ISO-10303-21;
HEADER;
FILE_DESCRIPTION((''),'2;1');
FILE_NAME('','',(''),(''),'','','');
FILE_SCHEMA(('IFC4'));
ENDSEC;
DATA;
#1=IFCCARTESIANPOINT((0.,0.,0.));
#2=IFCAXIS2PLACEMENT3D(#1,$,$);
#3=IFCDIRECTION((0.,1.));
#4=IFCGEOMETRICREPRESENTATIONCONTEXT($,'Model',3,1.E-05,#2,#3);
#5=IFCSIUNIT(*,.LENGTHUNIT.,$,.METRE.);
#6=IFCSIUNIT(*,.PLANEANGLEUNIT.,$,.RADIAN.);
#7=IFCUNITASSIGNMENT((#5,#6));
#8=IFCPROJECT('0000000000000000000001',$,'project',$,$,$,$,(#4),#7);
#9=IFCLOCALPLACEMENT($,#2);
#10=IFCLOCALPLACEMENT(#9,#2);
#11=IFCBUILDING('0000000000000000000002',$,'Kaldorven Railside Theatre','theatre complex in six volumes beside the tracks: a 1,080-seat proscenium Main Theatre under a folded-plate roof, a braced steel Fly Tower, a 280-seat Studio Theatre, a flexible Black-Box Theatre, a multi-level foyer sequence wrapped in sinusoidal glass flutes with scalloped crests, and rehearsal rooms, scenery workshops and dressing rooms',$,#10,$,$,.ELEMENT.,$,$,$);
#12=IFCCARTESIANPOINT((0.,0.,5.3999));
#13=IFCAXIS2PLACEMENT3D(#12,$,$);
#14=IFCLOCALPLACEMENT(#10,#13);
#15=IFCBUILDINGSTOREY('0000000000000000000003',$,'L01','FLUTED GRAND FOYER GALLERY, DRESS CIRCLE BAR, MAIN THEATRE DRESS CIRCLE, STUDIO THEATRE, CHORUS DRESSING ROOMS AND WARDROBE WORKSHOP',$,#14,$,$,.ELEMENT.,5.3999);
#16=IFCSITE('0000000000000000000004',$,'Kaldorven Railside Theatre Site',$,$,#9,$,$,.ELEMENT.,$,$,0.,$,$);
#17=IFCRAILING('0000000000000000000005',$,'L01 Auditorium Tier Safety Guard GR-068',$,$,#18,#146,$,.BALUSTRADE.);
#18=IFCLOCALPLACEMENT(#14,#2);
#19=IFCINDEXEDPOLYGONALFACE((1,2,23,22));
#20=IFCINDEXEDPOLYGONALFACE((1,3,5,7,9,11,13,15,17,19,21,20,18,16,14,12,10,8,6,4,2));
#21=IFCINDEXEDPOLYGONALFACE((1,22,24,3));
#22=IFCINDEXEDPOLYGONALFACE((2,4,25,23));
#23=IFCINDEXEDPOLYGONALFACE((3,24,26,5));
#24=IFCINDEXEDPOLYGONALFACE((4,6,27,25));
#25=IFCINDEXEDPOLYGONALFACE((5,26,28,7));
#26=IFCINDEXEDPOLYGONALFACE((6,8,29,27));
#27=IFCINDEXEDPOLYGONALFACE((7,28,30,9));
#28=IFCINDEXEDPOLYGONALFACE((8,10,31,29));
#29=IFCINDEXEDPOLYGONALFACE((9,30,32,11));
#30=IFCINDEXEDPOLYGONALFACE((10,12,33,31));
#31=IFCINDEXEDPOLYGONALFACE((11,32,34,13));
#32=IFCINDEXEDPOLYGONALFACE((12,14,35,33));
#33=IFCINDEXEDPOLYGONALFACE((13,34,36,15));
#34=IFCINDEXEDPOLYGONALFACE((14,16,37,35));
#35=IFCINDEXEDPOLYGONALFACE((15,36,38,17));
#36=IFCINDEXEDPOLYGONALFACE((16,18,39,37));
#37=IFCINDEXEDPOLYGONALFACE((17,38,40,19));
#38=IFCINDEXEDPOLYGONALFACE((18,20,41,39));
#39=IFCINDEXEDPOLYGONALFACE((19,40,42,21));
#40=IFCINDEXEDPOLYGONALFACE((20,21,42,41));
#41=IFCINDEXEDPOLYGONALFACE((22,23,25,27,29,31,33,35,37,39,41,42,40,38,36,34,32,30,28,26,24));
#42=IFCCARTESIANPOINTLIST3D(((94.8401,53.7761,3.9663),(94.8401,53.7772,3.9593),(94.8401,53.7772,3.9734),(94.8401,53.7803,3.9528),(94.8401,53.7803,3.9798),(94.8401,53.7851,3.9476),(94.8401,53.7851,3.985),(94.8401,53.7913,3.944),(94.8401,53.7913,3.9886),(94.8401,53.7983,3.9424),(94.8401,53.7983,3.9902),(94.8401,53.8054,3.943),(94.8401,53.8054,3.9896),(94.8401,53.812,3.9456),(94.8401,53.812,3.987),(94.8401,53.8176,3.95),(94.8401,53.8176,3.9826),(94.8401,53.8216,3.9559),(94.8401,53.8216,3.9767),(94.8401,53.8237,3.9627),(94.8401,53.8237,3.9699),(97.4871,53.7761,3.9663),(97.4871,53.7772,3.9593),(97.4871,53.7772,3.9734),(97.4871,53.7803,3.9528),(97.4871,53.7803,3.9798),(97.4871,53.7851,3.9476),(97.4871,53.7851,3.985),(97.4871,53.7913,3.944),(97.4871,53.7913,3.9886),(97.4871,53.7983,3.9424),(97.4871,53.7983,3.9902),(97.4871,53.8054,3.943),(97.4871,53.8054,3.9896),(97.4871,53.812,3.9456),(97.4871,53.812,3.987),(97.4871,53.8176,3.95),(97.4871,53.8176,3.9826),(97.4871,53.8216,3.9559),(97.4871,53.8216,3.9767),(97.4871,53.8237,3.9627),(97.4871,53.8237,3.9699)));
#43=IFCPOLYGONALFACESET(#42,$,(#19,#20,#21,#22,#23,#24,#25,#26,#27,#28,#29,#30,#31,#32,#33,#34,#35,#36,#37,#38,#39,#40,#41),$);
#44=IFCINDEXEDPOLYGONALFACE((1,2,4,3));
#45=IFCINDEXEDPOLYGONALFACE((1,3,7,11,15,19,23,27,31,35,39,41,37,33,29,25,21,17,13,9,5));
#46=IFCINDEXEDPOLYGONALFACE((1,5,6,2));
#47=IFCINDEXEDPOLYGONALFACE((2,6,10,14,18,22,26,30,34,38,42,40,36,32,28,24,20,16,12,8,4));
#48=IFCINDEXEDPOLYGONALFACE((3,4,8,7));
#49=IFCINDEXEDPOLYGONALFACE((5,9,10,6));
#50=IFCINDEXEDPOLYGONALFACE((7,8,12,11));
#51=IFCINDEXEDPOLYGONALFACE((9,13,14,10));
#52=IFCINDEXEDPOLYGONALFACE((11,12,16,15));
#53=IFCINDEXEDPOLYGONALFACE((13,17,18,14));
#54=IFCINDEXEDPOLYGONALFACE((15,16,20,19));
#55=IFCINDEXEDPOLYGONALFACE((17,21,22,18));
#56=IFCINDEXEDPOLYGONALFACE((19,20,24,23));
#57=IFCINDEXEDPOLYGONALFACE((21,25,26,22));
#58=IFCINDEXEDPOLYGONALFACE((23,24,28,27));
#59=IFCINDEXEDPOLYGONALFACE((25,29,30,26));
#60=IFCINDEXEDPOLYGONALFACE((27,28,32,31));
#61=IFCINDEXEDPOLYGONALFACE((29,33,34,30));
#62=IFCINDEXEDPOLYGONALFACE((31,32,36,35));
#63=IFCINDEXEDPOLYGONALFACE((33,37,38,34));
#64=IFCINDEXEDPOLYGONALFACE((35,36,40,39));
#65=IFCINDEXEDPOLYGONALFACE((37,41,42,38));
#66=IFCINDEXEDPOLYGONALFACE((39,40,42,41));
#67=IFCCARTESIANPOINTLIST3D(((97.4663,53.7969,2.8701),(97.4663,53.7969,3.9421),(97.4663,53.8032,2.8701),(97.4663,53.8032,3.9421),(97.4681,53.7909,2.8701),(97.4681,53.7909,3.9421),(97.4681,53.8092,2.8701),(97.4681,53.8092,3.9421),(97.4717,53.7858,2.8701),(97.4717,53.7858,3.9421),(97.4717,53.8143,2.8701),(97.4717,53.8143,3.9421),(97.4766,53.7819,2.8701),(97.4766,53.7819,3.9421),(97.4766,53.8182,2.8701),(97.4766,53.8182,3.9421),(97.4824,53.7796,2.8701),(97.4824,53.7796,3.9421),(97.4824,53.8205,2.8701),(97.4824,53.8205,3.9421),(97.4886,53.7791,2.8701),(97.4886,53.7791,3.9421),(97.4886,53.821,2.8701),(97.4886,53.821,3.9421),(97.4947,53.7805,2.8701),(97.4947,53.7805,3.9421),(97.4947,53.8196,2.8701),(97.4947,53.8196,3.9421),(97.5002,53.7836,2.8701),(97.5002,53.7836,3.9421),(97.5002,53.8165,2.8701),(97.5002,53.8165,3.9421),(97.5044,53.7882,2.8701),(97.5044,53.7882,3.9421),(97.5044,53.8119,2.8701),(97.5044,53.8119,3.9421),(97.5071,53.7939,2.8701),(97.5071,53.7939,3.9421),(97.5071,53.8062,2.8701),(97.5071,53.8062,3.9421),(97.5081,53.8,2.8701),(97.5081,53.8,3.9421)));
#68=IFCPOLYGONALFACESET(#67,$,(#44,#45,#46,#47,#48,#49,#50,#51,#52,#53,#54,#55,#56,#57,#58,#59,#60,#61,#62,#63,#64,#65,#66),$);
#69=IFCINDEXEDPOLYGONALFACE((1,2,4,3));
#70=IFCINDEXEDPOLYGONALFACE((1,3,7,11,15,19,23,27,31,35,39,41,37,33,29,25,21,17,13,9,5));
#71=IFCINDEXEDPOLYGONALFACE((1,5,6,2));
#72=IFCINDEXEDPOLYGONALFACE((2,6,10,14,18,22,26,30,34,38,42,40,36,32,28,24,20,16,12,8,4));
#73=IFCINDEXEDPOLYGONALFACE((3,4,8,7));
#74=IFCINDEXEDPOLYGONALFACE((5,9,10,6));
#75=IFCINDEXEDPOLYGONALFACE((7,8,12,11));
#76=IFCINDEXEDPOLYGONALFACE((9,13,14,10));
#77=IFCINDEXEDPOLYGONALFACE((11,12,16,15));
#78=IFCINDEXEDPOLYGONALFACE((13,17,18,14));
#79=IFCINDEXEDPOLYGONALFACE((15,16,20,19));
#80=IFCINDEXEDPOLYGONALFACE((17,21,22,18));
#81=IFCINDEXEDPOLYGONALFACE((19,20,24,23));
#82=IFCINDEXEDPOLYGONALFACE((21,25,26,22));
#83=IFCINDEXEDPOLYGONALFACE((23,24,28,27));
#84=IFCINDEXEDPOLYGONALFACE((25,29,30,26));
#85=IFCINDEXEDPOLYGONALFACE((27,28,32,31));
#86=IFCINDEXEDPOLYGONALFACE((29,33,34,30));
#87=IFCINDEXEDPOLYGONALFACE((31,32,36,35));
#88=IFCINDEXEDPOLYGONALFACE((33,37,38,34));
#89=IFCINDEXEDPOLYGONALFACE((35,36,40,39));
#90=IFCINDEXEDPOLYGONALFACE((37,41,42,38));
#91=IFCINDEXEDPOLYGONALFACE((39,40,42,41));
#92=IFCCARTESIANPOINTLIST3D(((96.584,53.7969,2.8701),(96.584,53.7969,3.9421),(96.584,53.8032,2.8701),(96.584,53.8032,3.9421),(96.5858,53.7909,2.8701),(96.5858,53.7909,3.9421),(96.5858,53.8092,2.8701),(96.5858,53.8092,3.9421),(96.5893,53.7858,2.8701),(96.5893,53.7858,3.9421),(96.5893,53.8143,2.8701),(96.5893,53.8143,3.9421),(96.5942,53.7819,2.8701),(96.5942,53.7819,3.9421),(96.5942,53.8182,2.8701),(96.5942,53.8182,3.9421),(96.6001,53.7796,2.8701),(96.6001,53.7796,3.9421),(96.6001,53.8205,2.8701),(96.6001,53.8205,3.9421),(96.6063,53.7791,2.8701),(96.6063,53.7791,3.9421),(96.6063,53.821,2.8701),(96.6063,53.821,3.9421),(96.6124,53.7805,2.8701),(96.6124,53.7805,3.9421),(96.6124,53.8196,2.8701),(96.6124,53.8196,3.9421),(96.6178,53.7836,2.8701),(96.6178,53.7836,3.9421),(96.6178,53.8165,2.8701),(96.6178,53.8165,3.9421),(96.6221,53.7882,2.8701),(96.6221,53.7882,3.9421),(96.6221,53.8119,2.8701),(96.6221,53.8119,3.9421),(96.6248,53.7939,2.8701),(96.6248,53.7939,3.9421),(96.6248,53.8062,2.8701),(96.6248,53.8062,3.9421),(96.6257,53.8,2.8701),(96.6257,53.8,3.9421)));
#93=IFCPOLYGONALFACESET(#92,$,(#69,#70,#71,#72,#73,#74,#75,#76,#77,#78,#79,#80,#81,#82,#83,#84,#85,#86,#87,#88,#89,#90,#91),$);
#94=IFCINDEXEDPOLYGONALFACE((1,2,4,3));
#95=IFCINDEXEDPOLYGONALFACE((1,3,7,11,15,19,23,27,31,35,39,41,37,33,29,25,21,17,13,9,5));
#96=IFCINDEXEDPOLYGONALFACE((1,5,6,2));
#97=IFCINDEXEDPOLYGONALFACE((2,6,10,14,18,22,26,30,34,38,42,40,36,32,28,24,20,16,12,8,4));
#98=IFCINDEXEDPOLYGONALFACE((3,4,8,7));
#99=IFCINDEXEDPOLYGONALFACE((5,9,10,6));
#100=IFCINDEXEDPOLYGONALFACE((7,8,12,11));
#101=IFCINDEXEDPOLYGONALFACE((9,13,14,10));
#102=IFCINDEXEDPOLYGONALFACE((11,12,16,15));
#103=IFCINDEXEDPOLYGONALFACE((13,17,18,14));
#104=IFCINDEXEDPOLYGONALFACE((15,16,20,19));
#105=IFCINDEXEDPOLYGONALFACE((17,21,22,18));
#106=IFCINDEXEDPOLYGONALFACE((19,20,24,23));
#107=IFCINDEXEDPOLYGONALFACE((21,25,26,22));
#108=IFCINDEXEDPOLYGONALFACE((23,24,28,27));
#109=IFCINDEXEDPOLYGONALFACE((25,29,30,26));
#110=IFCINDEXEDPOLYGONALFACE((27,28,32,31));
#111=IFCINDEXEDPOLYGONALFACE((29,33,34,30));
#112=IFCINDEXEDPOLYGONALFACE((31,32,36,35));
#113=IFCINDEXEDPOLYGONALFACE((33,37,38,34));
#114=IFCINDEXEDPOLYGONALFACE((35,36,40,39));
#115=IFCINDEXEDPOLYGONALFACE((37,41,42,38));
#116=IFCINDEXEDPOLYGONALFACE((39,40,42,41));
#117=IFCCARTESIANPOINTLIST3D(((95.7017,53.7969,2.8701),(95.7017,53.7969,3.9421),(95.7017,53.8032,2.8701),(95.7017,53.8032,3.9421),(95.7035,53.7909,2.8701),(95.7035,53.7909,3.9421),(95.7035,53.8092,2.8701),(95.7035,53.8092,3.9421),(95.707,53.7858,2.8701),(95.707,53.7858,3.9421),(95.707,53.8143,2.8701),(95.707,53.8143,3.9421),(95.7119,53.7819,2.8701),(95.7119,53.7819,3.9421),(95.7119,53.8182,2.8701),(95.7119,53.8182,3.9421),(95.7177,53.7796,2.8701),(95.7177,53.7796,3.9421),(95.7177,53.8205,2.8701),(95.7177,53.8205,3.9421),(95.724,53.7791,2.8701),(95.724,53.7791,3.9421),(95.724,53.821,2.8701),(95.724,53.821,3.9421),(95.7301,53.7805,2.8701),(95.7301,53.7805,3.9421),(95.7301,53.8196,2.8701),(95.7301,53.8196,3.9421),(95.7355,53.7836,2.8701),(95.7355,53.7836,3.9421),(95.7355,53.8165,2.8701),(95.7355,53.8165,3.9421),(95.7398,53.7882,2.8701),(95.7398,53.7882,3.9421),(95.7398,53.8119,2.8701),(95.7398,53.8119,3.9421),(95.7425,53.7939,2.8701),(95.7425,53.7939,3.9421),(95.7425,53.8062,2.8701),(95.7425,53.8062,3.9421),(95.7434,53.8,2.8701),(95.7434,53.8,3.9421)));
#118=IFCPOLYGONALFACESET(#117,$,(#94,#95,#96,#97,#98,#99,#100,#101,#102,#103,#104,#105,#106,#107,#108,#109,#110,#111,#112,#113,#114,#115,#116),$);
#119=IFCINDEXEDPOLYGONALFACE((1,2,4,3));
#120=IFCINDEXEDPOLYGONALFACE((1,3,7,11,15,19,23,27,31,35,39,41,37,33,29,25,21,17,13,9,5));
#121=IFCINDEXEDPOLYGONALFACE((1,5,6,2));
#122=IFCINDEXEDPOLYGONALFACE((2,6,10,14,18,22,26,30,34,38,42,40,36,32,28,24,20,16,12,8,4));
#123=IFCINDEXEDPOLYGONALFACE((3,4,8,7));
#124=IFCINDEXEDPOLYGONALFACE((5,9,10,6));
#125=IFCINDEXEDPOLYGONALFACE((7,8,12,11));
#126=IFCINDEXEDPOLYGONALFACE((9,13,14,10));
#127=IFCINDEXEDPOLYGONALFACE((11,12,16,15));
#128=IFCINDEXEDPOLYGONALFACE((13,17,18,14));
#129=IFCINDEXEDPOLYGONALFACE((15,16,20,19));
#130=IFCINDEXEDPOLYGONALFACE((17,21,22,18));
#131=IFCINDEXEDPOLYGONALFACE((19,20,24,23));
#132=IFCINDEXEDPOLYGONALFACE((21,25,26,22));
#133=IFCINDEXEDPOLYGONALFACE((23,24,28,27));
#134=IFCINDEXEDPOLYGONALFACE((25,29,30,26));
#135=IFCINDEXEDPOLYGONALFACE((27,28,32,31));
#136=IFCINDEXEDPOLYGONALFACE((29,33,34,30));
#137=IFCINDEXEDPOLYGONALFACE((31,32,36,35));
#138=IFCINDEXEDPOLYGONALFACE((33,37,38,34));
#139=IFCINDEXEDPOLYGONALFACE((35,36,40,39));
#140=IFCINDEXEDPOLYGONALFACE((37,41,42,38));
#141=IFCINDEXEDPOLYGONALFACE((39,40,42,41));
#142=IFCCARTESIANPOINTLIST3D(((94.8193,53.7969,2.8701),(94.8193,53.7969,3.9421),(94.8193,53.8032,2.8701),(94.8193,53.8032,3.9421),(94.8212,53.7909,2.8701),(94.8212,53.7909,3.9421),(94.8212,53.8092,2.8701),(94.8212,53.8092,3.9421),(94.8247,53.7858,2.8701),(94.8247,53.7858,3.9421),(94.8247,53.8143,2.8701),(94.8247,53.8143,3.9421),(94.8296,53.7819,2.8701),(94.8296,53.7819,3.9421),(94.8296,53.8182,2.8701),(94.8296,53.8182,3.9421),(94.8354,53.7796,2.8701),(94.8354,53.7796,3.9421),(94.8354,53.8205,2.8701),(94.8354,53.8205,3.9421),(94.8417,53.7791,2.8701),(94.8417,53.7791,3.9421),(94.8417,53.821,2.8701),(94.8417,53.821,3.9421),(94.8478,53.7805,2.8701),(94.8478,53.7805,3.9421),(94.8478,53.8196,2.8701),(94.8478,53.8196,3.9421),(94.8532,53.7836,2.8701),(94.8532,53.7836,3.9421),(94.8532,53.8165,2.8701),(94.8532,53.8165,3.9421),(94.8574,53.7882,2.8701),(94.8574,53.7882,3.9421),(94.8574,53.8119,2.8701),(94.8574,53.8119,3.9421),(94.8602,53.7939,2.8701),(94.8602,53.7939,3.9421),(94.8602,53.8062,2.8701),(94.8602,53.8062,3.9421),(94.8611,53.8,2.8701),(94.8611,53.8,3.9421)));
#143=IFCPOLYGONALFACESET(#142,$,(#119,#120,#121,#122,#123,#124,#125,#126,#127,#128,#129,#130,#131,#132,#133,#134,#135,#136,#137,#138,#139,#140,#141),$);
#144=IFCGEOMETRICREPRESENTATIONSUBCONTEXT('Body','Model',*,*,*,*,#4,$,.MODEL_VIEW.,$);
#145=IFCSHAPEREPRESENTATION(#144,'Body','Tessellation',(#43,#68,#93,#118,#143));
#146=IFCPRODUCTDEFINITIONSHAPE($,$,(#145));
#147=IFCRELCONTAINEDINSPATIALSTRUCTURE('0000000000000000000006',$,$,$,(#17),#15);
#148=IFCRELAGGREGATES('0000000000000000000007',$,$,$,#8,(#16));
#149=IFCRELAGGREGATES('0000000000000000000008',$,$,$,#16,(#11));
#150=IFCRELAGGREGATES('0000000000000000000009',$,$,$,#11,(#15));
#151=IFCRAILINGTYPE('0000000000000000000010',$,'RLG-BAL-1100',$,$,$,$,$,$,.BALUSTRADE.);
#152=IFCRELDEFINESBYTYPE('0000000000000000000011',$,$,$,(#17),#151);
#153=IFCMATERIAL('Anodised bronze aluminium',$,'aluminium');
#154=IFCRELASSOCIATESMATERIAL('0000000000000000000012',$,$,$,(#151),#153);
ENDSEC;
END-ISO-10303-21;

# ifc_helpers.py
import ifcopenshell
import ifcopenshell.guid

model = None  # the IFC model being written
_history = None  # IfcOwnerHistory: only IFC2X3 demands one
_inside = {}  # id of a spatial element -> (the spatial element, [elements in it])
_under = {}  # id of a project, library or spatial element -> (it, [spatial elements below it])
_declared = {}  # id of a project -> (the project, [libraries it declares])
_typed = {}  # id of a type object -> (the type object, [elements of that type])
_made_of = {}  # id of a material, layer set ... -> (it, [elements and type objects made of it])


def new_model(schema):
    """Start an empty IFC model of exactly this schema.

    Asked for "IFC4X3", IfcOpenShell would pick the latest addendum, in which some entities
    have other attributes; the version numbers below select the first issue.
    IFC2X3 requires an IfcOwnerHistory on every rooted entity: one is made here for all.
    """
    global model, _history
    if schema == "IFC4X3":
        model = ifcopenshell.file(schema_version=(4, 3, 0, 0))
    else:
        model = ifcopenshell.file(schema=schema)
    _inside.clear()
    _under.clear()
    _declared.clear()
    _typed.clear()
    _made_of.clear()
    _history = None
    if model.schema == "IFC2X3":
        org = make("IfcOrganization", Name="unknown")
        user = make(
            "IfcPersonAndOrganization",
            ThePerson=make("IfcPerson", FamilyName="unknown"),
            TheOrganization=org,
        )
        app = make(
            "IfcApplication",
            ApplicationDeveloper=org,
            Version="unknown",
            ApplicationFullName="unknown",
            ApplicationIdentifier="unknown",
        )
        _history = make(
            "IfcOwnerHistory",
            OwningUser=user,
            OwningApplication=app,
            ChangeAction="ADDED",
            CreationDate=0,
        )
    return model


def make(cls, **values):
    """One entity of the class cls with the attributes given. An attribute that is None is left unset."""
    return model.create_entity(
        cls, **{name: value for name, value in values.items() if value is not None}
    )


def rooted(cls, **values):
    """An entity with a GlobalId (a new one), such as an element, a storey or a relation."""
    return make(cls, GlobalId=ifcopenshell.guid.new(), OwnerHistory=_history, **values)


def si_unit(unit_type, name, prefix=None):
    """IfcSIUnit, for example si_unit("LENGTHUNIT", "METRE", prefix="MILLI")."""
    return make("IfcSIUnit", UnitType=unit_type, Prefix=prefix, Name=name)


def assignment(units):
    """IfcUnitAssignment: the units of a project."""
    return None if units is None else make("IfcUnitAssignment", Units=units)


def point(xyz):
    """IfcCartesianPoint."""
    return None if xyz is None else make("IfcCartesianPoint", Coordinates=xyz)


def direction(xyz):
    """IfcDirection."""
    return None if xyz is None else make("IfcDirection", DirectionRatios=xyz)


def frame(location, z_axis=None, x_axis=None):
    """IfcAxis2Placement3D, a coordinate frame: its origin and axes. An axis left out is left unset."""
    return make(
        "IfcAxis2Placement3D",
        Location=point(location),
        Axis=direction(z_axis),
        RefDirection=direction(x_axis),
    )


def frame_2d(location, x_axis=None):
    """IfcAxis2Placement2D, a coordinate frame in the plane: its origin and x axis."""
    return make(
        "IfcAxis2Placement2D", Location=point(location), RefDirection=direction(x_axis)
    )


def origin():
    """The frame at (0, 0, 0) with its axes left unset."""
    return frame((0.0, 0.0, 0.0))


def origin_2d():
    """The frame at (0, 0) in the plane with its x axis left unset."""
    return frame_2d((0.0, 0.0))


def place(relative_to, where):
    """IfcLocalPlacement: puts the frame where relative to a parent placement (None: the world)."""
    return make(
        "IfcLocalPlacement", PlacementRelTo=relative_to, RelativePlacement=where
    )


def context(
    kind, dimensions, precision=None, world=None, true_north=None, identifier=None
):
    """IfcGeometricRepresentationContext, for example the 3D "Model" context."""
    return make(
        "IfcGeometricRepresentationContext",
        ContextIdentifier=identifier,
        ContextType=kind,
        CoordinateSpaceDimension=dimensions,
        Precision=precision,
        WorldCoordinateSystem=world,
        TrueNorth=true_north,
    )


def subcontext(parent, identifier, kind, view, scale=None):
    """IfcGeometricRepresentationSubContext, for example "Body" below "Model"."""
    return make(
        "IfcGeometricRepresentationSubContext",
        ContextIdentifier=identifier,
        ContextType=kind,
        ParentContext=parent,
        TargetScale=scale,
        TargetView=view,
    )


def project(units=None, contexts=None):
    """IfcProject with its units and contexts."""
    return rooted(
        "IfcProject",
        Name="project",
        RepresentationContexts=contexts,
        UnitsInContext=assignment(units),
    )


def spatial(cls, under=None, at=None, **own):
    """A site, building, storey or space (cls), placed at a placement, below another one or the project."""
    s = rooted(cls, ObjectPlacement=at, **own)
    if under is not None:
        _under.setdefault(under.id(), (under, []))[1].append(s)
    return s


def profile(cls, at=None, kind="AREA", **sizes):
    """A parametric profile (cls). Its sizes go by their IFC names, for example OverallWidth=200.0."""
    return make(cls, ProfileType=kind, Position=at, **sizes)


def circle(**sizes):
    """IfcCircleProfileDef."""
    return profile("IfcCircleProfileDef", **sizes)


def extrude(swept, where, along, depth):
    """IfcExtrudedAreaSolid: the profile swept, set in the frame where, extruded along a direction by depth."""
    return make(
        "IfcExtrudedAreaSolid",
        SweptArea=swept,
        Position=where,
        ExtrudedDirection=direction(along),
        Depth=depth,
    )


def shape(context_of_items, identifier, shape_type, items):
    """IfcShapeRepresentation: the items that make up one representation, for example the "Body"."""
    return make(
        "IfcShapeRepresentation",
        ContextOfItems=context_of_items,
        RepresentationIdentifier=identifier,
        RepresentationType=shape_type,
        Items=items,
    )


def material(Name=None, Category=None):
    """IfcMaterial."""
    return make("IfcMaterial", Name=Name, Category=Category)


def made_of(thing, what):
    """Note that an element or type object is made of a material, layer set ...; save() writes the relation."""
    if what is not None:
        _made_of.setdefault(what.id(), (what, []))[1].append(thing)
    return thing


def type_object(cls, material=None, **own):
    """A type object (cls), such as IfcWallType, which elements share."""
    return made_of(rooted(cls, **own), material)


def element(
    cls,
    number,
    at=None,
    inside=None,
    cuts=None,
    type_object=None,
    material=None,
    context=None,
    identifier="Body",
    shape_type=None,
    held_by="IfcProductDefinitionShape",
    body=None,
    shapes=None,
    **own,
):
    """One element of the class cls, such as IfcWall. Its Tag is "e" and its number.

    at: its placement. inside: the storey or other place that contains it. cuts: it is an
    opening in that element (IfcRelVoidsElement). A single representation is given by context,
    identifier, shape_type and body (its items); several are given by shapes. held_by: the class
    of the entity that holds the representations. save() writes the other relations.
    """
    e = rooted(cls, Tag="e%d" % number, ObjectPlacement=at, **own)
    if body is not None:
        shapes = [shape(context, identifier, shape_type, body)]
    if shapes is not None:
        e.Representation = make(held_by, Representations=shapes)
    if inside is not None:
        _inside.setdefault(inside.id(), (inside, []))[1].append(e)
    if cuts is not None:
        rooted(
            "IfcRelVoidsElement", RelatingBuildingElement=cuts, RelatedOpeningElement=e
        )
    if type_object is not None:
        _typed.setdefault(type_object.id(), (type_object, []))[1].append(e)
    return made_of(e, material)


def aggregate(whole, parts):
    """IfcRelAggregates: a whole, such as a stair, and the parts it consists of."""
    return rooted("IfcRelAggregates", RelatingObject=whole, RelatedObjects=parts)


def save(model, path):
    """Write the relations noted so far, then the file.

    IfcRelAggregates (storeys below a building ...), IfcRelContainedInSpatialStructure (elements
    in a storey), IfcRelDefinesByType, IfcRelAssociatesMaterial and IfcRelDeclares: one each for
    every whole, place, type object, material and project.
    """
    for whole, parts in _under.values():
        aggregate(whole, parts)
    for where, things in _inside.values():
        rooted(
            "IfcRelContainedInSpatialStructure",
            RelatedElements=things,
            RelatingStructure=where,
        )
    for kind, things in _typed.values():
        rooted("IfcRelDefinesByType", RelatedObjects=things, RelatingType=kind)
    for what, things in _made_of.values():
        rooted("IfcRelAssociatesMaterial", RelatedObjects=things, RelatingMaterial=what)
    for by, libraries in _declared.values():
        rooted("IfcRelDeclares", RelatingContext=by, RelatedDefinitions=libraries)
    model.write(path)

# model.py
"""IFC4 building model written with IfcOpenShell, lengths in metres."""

from ifc_helpers import new_model, si_unit, direction, frame, origin, origin_2d, place, context, subcontext, project, spatial, circle, extrude, material, type_object, element, save


model = new_model("IFC4")

# Units and contexts
model_context = context("Model", 3, precision=1e-05, world=origin(), true_north=direction((0.0, 1.0)))
body_context = subcontext(model_context, "Body", "Model", "MODEL_VIEW")
ifc_project = project(units=[si_unit("LENGTHUNIT", "METRE"), si_unit("PLANEANGLEUNIT", "RADIAN")], contexts=[model_context])

# Site, building, storey
site_placement = place(None, origin())
site = spatial("IfcSite", under=ifc_project, at=site_placement, Name="Kaldorven Railside Theatre Site", CompositionType="ELEMENT", RefElevation=0.0)
building_placement = place(site_placement, origin())
building = spatial("IfcBuilding", under=site, at=building_placement, Name="Kaldorven Railside Theatre", Description="theatre complex in six volumes beside the tracks: a 1,080-seat proscenium Main Theatre under a folded-plate roof, a braced steel Fly Tower, a 280-seat Studio Theatre, a flexible Black-Box Theatre, a multi-level foyer sequence wrapped in sinusoidal glass flutes with scalloped crests, and rehearsal rooms, scenery workshops and dressing rooms", CompositionType="ELEMENT")
storey_placement = place(building_placement, frame((0.0, 0.0, 5.3999)))
storey = spatial("IfcBuildingStorey", under=building, at=storey_placement, Name="L01", Description="FLUTED GRAND FOYER GALLERY, DRESS CIRCLE BAR, MAIN THEATRE DRESS CIRCLE, STUDIO THEATRE, CHORUS DRESSING ROOMS AND WARDROBE WORKSHOP", CompositionType="ELEMENT", Elevation=5.3999)

# Railing
ifc_material_1 = material(Name="Anodised bronze aluminium", Category="aluminium")
railing_type = type_object("IfcRailingType", Name="RLG-BAL-1100", PredefinedType="BALUSTRADE", material=ifc_material_1)
railing_1_placement = place(storey_placement, frame((97.4871, 53.8, 2.8701)))
element("IfcRailing", 1, at=railing_1_placement, inside=storey, type_object=railing_type, Name="L01 Auditorium Tier Safety Guard GR-068", PredefinedType="BALUSTRADE", context=body_context, shape_type="SweptSolid", body=[
    extrude(circle(Radius=0.0239, at=origin_2d()), frame((0.0, 0.0, 1.0962), z_axis=(-1.0, 0.0, 0.0), x_axis=(0.0, -1.0, 0.0)), (0.0, 0.0, 1.0), 2.647),
    extrude(circle(Radius=0.021, at=origin_2d()), origin(), (0.0, 0.0, 1.0), 1.072),
    extrude(circle(Radius=0.021, at=origin_2d()), frame((-0.8823, 0.0, 0.0)), (0.0, 0.0, 1.0), 1.072),
    extrude(circle(Radius=0.021, at=origin_2d()), frame((-1.7646, 0.0, 0.0)), (0.0, 0.0, 1.0), 1.072),
    extrude(circle(Radius=0.021, at=origin_2d()), frame((-2.647, 0.0, 0.0)), (0.0, 0.0, 1.0), 1.072),
])

save(model, "model.ifc")
